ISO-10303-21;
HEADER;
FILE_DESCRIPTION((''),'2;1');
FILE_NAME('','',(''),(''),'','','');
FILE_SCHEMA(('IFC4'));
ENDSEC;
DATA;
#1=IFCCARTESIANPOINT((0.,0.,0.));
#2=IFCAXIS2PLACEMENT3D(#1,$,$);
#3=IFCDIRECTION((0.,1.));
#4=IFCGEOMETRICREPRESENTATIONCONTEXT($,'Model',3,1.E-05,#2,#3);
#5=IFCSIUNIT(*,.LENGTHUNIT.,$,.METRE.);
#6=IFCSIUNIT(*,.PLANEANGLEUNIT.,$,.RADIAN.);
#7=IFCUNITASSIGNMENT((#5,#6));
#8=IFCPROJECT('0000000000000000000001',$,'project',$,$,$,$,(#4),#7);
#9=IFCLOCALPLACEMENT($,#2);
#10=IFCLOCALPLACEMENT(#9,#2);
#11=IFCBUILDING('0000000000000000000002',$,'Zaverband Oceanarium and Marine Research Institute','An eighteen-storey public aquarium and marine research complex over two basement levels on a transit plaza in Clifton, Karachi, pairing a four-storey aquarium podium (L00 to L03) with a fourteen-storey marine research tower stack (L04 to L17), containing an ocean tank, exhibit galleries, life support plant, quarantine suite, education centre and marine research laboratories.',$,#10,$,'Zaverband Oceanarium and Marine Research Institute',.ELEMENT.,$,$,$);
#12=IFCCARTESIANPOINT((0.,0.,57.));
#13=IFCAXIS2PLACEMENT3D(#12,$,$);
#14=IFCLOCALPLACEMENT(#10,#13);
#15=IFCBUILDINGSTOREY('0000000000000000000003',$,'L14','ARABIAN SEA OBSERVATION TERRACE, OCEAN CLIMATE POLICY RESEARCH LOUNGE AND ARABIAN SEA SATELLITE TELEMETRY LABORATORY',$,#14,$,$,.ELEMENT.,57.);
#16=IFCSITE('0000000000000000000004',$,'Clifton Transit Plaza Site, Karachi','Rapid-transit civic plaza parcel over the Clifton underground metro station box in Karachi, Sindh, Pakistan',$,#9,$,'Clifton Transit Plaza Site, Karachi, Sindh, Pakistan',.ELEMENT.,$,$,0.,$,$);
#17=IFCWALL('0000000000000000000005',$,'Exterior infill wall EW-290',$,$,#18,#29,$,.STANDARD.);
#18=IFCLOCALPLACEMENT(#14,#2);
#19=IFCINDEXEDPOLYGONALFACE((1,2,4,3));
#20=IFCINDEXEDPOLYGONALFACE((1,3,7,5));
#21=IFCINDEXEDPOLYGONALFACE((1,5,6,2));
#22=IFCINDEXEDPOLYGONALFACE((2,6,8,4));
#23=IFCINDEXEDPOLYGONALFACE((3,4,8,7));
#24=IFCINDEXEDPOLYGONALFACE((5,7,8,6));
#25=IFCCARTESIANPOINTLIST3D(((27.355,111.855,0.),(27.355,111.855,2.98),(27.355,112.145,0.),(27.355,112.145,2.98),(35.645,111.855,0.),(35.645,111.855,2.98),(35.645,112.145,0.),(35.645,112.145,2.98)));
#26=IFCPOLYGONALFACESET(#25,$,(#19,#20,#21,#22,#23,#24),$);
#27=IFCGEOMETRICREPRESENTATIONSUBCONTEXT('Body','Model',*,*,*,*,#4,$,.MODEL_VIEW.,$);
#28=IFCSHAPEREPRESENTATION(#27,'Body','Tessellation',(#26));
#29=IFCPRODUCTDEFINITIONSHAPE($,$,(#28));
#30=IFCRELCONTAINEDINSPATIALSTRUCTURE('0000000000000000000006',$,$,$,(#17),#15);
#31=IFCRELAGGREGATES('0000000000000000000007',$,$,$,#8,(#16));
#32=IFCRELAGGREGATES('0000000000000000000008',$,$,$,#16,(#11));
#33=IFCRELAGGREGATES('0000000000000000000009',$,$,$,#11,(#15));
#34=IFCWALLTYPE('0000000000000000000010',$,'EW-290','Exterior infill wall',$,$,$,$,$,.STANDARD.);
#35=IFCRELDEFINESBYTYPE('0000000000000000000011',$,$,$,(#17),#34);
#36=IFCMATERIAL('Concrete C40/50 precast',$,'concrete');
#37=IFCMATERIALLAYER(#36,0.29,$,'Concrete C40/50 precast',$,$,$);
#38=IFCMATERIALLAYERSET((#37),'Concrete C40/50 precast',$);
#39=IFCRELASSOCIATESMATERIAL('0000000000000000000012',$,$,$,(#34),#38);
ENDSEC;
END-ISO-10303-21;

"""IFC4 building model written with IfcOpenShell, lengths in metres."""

from ifc_helpers import new_model, si_unit, direction, frame, frame_2d, origin, place, context, subcontext, project, spatial, rectangle, extrude, material, layer, layer_set, type_object, element, save


model = new_model("IFC4")

# Units and contexts
model_context = context("Model", 3, precision=1e-05, world=origin(), true_north=direction((0.0, 1.0)))
body_context = subcontext(model_context, "Body", "Model", "MODEL_VIEW")
ifc_project = project(units=[si_unit("LENGTHUNIT", "METRE"), si_unit("PLANEANGLEUNIT", "RADIAN")], contexts=[model_context])

# Site, building, storey
site_placement = place(None, origin())
site = spatial("IfcSite", under=ifc_project, at=site_placement, Name="Clifton Transit Plaza Site, Karachi", Description="Rapid-transit civic plaza parcel over the Clifton underground metro station box in Karachi, Sindh, Pakistan", LongName="Clifton Transit Plaza Site, Karachi, Sindh, Pakistan", CompositionType="ELEMENT", RefElevation=0.0)
building_placement = place(site_placement, origin())
building = spatial("IfcBuilding", under=site, at=building_placement, Name="Zaverband Oceanarium and Marine Research Institute", Description="An eighteen-storey public aquarium and marine research complex over two basement levels on a transit plaza in Clifton, Karachi, pairing a four-storey aquarium podium (L00 to L03) with a fourteen-storey marine research tower stack (L04 to L17), containing an ocean tank, exhibit galleries, life support plant, quarantine suite, education centre and marine research laboratories.", LongName="Zaverband Oceanarium and Marine Research Institute", CompositionType="ELEMENT")
storey_placement = place(building_placement, frame((0.0, 0.0, 57.0)))
storey = spatial("IfcBuildingStorey", under=building, at=storey_placement, Name="L14", Description="ARABIAN SEA OBSERVATION TERRACE, OCEAN CLIMATE POLICY RESEARCH LOUNGE AND ARABIAN SEA SATELLITE TELEMETRY LABORATORY", CompositionType="ELEMENT", Elevation=57.0)

# Wall
ifc_material_1 = material(Name="Concrete C40/50 precast", Category="concrete")
ifc_layer_1 = layer(ifc_material_1, 0.29, Name="Concrete C40/50 precast")
ifc_layer_set_1 = layer_set([ifc_layer_1], Name="Concrete C40/50 precast")
wall_type = type_object("IfcWallType", Name="EW-290", Description="Exterior infill wall", PredefinedType="STANDARD", material=ifc_layer_set_1)
wall_placement = place(storey_placement, frame((27.355, 112.0, 0.0), z_axis=(0.0, 0.0, 1.0), x_axis=(1.0, 0.0, 0.0)))
element("IfcWall", 1, at=wall_placement, inside=storey, type_object=wall_type, Name="Exterior infill wall EW-290", PredefinedType="STANDARD", context=body_context, shape_type="SweptSolid", body=[
    extrude(rectangle(XDim=8.29, YDim=0.29, at=frame_2d((4.145, 0.0))), origin(), (0.0, 0.0, 1.0), 2.98),
])

save(model, "model.ifc")
